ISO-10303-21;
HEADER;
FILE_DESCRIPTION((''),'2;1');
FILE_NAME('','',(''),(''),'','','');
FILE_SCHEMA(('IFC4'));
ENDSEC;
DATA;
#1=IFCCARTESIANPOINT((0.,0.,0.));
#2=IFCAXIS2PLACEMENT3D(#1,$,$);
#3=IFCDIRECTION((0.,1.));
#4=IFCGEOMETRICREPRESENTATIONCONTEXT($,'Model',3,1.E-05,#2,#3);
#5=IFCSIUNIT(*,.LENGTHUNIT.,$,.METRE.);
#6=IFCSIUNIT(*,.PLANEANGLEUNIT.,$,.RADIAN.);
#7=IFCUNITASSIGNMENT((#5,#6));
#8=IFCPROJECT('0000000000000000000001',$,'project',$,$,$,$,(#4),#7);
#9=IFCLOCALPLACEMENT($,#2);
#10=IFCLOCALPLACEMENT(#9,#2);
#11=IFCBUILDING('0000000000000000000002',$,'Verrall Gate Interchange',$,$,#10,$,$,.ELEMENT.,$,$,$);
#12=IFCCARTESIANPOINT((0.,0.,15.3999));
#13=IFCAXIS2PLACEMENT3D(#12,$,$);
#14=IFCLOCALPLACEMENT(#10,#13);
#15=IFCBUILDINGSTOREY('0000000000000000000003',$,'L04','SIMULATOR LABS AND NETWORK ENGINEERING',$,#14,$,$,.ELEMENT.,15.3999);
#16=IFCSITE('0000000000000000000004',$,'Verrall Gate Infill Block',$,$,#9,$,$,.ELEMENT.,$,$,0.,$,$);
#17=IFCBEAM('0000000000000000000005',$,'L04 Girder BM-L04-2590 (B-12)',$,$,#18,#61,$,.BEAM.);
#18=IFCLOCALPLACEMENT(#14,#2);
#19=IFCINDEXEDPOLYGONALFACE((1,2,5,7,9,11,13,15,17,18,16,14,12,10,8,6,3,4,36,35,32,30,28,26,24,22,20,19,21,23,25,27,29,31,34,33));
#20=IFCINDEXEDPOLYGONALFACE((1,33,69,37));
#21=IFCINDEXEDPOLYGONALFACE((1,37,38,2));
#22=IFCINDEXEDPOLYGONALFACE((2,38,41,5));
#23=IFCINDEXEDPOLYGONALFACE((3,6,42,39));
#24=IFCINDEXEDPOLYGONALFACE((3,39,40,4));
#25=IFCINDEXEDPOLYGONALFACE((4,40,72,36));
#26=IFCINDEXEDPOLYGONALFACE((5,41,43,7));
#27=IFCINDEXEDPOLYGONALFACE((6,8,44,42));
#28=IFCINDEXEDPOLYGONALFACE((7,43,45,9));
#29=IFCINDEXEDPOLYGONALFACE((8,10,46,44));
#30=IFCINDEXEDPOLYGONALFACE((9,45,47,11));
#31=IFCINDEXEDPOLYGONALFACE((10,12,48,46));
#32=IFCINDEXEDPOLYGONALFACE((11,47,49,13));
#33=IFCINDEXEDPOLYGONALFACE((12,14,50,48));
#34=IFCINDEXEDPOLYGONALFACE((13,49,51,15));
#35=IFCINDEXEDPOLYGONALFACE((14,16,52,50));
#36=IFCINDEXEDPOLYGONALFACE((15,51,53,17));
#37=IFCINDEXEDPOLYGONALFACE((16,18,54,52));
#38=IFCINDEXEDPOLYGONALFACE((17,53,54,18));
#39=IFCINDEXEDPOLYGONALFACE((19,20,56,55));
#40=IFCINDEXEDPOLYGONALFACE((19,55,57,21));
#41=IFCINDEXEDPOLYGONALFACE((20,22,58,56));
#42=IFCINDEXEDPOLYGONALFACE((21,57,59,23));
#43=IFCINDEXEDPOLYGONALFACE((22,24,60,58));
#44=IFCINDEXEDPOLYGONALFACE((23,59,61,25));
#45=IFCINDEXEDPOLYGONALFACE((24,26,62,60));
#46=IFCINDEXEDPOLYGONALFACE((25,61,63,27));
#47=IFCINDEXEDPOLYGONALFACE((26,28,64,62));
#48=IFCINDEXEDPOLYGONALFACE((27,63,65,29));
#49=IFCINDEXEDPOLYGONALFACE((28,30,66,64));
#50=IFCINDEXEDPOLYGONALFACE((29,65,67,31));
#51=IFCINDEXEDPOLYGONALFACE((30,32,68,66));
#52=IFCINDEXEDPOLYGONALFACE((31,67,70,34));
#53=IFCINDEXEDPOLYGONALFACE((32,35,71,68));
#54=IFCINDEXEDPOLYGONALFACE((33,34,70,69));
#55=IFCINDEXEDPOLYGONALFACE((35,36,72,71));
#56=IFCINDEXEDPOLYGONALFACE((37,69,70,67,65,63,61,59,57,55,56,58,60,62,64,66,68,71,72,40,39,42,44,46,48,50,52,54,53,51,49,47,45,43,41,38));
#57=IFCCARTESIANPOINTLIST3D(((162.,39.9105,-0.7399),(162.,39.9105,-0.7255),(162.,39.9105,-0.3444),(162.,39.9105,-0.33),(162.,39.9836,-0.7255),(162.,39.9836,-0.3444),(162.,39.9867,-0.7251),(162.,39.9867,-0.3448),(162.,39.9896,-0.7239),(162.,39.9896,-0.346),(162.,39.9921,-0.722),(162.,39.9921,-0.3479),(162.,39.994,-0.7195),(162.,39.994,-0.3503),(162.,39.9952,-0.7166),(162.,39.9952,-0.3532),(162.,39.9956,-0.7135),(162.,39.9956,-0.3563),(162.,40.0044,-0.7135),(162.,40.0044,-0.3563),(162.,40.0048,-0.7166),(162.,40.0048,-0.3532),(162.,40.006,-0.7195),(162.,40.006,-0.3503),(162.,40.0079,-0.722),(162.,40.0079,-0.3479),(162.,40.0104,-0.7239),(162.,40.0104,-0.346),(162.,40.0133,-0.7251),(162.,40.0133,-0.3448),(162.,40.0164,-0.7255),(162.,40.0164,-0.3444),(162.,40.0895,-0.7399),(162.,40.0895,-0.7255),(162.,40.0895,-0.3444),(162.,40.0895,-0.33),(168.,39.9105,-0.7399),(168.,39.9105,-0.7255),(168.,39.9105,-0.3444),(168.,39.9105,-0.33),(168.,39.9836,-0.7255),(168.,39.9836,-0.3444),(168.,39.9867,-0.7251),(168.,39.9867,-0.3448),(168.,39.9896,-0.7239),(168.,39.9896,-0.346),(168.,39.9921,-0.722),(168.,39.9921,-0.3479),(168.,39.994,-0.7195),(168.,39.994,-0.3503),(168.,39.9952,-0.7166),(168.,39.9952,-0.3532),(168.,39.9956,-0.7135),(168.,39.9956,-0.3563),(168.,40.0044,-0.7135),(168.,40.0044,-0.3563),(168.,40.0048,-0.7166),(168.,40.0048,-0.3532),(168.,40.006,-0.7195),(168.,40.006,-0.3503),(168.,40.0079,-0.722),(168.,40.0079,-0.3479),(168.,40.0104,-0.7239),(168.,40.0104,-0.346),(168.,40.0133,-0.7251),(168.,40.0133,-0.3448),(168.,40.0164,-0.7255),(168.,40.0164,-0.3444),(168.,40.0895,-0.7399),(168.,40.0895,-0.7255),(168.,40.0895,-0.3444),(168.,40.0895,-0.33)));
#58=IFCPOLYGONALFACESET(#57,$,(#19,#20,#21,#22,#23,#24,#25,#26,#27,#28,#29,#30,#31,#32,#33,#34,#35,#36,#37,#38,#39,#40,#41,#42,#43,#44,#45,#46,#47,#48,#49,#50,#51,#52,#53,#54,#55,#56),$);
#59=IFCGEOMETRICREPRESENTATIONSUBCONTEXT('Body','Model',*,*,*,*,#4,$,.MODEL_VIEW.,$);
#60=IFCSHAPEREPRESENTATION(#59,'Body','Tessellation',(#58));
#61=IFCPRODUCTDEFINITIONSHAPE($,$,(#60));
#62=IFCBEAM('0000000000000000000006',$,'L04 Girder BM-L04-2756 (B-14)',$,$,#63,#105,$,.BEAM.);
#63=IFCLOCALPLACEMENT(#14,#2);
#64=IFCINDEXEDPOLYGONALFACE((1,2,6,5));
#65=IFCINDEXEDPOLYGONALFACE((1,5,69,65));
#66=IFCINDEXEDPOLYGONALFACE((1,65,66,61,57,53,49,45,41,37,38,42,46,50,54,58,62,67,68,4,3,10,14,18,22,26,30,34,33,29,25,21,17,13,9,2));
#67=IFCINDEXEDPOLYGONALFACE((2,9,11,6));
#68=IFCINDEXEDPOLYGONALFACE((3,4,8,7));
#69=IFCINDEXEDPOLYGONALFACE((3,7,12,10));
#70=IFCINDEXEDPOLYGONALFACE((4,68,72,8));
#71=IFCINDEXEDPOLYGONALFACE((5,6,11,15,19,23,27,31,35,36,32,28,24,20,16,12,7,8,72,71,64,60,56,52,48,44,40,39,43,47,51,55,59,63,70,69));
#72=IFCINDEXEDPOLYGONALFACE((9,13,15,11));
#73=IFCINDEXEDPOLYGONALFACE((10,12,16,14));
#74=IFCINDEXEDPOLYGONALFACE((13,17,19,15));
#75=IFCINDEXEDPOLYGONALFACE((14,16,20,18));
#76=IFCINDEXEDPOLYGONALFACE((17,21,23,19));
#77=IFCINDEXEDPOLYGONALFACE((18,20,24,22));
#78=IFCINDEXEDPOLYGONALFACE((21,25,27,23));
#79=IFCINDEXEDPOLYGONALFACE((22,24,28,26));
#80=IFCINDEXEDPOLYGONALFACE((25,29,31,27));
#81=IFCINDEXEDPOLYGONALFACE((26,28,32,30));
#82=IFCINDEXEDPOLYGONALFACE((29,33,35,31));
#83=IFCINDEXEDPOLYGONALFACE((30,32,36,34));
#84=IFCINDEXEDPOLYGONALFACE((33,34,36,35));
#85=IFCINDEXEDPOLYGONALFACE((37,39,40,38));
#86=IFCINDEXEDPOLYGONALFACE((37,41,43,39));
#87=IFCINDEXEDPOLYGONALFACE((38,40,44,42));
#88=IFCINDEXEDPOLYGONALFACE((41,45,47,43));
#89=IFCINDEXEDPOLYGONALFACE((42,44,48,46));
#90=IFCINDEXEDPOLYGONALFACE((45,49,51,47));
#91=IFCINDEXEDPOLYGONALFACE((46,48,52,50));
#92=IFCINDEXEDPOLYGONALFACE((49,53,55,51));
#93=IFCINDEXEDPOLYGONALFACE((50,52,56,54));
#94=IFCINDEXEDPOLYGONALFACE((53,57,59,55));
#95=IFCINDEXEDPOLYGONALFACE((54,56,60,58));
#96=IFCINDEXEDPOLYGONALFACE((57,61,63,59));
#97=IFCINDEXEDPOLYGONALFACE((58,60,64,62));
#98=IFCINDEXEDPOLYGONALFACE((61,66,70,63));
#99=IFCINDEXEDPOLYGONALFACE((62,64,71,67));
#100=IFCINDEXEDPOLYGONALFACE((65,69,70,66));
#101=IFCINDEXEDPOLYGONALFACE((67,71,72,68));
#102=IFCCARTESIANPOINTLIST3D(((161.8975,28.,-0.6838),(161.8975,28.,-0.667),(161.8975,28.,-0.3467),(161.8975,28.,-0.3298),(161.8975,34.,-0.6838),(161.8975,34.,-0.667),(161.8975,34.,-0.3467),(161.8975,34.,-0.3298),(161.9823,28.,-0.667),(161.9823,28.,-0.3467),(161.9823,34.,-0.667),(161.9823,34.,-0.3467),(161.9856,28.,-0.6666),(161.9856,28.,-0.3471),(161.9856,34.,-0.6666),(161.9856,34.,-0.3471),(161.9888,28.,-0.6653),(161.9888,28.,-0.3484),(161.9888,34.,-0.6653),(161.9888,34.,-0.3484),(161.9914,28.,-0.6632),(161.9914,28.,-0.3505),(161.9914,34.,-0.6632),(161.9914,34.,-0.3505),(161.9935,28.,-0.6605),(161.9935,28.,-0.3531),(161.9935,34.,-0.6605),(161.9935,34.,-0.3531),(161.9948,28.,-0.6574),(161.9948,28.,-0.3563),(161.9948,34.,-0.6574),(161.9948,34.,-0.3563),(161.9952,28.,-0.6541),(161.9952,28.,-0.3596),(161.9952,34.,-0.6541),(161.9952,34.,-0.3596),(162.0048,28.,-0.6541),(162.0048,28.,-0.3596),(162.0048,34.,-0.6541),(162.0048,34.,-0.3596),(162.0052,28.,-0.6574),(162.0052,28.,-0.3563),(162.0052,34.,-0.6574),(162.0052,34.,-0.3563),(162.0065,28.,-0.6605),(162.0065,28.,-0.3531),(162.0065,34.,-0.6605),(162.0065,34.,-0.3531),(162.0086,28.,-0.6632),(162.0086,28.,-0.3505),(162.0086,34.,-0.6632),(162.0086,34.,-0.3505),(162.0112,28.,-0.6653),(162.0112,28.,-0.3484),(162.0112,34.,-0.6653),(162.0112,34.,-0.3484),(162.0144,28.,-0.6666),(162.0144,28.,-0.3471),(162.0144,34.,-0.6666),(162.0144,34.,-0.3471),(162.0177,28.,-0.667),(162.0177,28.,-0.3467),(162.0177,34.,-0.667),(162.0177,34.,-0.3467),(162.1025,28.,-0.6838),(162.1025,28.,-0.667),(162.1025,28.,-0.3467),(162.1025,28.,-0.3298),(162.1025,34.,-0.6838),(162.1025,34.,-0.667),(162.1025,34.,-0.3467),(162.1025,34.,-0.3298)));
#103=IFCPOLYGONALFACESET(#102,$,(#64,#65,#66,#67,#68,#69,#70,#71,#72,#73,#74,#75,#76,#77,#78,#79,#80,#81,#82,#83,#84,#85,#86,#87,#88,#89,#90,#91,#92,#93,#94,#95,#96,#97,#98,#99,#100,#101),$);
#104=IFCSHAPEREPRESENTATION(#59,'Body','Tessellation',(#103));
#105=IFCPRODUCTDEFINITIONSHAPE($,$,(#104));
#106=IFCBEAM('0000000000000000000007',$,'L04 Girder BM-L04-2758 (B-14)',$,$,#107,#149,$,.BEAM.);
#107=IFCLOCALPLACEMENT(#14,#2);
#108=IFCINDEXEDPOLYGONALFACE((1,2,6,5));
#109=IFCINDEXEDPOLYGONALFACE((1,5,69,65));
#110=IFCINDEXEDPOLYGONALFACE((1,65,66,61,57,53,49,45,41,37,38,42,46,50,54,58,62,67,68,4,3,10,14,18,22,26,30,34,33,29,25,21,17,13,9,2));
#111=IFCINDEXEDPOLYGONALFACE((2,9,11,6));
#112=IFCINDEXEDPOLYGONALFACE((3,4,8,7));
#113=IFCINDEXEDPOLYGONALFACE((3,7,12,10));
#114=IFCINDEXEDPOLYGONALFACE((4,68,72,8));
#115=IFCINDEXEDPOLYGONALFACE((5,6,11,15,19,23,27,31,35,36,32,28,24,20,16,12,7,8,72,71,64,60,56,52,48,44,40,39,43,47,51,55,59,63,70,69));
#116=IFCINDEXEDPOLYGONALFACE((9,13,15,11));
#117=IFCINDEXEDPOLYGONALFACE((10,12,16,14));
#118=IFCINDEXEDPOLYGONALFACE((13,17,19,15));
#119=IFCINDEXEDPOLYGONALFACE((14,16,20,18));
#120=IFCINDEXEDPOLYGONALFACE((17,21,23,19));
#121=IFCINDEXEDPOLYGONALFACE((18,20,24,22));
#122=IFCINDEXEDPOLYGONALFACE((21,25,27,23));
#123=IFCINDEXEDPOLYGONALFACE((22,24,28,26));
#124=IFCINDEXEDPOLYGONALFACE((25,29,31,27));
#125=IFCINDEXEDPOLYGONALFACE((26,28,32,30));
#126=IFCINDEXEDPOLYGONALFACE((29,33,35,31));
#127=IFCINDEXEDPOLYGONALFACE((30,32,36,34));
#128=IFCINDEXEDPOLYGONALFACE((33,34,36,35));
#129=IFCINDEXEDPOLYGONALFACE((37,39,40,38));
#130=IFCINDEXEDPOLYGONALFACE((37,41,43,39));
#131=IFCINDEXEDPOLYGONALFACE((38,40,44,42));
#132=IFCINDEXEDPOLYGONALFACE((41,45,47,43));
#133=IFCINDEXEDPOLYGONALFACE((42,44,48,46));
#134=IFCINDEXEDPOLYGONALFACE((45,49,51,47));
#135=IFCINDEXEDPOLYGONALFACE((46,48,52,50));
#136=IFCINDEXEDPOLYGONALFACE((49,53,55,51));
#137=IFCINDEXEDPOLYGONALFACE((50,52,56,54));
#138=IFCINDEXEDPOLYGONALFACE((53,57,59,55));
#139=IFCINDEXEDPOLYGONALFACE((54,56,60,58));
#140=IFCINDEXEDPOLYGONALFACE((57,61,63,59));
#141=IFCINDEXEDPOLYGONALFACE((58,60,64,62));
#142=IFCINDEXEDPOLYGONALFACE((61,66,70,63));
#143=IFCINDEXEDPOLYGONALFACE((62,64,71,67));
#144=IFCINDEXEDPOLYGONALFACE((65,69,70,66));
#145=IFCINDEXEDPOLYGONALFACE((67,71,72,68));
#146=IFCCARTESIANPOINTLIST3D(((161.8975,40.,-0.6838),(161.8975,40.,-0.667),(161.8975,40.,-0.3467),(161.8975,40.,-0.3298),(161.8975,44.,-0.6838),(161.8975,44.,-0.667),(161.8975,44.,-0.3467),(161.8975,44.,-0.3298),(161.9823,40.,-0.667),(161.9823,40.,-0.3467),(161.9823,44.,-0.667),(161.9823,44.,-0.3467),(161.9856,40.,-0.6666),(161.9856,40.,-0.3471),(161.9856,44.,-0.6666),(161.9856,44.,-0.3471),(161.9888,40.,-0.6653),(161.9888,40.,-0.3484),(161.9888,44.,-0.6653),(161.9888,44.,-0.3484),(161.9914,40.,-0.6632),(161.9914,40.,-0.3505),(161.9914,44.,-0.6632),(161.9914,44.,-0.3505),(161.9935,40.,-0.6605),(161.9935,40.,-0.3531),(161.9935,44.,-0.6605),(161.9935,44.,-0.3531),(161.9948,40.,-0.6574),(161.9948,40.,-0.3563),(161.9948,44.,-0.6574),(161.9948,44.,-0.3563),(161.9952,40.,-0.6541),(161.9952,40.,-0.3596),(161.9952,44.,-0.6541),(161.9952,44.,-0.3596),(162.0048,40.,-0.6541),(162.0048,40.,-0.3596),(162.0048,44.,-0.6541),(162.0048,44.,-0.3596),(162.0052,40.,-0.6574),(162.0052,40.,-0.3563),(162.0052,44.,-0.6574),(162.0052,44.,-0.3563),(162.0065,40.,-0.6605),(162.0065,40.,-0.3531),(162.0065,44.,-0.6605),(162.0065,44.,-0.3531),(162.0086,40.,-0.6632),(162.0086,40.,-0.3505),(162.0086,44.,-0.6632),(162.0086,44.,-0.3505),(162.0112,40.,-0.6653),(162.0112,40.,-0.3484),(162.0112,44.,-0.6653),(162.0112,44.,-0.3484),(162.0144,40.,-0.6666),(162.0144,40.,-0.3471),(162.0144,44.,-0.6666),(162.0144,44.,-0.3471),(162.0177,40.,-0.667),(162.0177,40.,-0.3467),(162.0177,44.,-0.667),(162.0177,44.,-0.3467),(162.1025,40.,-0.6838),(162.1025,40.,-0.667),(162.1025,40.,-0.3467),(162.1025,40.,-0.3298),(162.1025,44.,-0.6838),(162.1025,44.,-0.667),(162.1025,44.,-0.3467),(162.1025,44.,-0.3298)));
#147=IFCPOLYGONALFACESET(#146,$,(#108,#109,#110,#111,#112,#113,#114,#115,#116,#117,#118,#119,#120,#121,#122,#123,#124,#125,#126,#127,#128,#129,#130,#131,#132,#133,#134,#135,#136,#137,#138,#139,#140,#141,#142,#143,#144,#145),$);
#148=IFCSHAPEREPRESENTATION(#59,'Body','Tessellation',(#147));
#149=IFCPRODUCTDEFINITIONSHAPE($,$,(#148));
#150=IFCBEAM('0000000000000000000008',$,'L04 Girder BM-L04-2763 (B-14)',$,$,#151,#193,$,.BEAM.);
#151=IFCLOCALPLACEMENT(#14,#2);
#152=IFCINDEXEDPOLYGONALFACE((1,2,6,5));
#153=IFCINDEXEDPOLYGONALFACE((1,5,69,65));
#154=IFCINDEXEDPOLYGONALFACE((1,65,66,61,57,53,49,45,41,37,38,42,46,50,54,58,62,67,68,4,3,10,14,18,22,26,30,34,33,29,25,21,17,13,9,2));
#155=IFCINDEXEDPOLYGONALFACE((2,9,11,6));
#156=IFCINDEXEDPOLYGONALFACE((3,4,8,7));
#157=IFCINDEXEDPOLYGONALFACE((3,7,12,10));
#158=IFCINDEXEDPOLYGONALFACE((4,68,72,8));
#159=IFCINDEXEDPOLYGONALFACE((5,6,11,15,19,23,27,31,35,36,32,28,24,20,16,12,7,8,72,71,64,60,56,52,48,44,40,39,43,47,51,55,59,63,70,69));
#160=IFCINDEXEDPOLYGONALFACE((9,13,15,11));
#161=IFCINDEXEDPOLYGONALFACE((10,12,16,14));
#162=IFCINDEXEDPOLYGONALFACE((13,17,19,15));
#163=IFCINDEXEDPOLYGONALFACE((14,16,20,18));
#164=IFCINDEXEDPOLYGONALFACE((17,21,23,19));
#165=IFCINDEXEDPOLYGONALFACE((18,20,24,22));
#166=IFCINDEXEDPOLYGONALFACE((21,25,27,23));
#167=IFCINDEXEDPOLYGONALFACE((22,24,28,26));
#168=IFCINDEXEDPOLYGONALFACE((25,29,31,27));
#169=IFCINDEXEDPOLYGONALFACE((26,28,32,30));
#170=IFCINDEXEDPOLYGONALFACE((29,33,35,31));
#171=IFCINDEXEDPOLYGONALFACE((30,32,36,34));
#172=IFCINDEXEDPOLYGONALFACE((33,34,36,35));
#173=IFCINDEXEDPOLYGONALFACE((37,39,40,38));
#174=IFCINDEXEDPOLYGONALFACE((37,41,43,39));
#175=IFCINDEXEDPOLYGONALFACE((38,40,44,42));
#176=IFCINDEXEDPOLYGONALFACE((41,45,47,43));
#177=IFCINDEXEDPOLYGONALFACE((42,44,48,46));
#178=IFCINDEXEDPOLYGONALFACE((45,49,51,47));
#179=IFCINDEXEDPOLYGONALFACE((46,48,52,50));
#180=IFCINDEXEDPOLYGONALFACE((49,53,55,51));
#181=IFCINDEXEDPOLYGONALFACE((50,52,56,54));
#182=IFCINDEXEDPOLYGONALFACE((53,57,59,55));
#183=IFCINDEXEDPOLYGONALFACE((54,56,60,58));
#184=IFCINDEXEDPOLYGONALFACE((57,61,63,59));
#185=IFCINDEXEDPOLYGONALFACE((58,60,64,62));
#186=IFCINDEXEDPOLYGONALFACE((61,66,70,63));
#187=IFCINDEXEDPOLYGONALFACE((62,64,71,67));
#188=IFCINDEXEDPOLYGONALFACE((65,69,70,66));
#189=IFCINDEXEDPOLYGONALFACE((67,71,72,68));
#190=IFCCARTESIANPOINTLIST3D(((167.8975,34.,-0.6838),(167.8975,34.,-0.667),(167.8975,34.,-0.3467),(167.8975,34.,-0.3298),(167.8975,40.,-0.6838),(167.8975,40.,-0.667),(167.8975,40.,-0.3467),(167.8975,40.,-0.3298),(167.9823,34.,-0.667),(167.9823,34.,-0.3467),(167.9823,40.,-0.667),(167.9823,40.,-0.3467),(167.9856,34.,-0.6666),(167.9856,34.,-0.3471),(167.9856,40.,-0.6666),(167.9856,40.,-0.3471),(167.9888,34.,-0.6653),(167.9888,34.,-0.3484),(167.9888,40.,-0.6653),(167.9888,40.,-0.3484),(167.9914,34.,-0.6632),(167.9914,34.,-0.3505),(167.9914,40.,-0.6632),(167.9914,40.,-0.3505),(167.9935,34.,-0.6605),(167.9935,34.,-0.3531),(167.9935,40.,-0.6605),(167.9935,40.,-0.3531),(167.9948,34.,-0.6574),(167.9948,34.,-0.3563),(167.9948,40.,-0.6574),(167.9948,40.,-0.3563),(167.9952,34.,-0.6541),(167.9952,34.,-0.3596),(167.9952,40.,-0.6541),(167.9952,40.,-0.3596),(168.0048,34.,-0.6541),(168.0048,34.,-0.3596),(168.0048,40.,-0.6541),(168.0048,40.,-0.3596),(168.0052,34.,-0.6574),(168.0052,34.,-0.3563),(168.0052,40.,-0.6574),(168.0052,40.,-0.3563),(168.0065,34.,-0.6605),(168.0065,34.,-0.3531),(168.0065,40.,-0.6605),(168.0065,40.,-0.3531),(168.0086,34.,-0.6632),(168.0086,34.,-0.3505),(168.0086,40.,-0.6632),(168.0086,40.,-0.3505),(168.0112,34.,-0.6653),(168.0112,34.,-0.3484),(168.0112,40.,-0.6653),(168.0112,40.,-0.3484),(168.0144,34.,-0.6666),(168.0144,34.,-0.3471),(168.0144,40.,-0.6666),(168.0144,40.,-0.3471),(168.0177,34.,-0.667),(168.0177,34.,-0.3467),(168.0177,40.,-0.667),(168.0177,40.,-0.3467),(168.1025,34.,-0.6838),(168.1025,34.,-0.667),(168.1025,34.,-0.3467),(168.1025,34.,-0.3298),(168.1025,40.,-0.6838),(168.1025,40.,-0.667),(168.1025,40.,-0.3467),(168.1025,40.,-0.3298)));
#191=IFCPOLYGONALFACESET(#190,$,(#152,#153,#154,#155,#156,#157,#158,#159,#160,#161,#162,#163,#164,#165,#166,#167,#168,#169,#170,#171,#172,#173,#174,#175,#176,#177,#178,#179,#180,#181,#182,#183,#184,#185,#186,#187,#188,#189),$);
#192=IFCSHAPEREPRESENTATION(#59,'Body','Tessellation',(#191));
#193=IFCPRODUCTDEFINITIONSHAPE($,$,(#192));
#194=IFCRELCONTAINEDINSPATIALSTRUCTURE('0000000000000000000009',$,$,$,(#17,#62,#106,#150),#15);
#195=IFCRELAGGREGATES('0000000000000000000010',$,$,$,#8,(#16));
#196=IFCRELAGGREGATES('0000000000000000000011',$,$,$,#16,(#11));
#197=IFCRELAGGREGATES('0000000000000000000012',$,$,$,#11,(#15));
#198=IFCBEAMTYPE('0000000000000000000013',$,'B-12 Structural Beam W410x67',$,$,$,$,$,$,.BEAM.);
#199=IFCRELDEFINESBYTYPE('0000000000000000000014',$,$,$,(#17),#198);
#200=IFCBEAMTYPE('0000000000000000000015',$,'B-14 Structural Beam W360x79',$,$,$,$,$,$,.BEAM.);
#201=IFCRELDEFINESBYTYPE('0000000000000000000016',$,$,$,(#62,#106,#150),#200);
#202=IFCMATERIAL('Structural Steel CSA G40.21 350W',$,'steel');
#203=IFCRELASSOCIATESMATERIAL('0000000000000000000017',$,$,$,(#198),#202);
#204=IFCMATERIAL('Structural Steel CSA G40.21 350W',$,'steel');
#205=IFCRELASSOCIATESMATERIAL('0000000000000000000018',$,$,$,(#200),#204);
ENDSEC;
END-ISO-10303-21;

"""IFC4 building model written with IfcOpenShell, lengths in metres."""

from ifc_helpers import new_model, si_unit, direction, frame, origin, origin_2d, place, context, subcontext, project, spatial, i_section, extrude, material, material_profile, profile_set, type_object, element, save


model = new_model("IFC4")

# Units and contexts
model_context = context("Model", 3, precision=1e-05, world=origin(), true_north=direction((0.0, 1.0)))
body_context = subcontext(model_context, "Body", "Model", "MODEL_VIEW")
ifc_project = project(units=[si_unit("LENGTHUNIT", "METRE"), si_unit("PLANEANGLEUNIT", "RADIAN")], contexts=[model_context])

# Site, building, storey
site_placement = place(None, origin())
site = spatial("IfcSite", under=ifc_project, at=site_placement, Name="Verrall Gate Infill Block", CompositionType="ELEMENT", RefElevation=0.0)
building_placement = place(site_placement, origin())
building = spatial("IfcBuilding", under=site, at=building_placement, Name="Verrall Gate Interchange", CompositionType="ELEMENT")
storey_placement = place(building_placement, frame((0.0, 0.0, 15.3999)))
storey = spatial("IfcBuildingStorey", under=building, at=storey_placement, Name="L04", Description="SIMULATOR LABS AND NETWORK ENGINEERING", CompositionType="ELEMENT", Elevation=15.3999)

# Beams
ifc_material_1 = material(Name="Structural Steel CSA G40.21 350W", Category="steel")
ifc_material_profile_1 = material_profile(ifc_material_1, i_section(OverallWidth=0.179, OverallDepth=0.4099, WebThickness=0.0088, FlangeThickness=0.0144, FilletRadius=0.012, at=origin_2d()), Name="W410x67")
ifc_profile_set_1 = profile_set([ifc_material_profile_1], Name="Structural Steel CSA G40.21 350W")
beam_type_1 = type_object("IfcBeamType", Name="B-12 Structural Beam W410x67", PredefinedType="BEAM", material=ifc_profile_set_1)
beam_1_placement = place(storey_placement, frame((162.0, 40.0, -0.5349), z_axis=(1.0, 0.0, 0.0), x_axis=(0.0, 1.0, 0.0)))
element("IfcBeam", 1, at=beam_1_placement, inside=storey, type_object=beam_type_1, Name="L04 Girder BM-L04-2590 (B-12)", PredefinedType="BEAM", context=body_context, shape_type="SweptSolid", body=[
    extrude(i_section(OverallWidth=0.179, OverallDepth=0.4099, WebThickness=0.0088, FlangeThickness=0.0144, FilletRadius=0.012, at=origin_2d()), origin(), (0.0, 0.0, 1.0), 6.0),
])
ifc_material_2 = material(Name="Structural Steel CSA G40.21 350W", Category="steel")
ifc_material_profile_2 = material_profile(ifc_material_2, i_section(OverallWidth=0.2051, OverallDepth=0.354, WebThickness=0.0095, FlangeThickness=0.0168, FilletRadius=0.0129, at=origin_2d()), Name="W360x79")
ifc_profile_set_2 = profile_set([ifc_material_profile_2], Name="Structural Steel CSA G40.21 350W")
beam_type_2 = type_object("IfcBeamType", Name="B-14 Structural Beam W360x79", PredefinedType="BEAM", material=ifc_profile_set_2)
beam_2_placement = place(storey_placement, frame((162.0, 28.0, -0.5068), z_axis=(0.0, 1.0, 0.0), x_axis=(-1.0, 0.0, 0.0)))
element("IfcBeam", 2, at=beam_2_placement, inside=storey, type_object=beam_type_2, Name="L04 Girder BM-L04-2756 (B-14)", PredefinedType="BEAM", context=body_context, shape_type="SweptSolid", body=[
    extrude(i_section(OverallWidth=0.2051, OverallDepth=0.354, WebThickness=0.0095, FlangeThickness=0.0168, FilletRadius=0.0129, at=origin_2d()), origin(), (0.0, 0.0, 1.0), 6.0),
])
beam_3_placement = place(storey_placement, frame((162.0, 40.0, -0.5068), z_axis=(0.0, 1.0, 0.0), x_axis=(-1.0, 0.0, 0.0)))
element("IfcBeam", 3, at=beam_3_placement, inside=storey, type_object=beam_type_2, Name="L04 Girder BM-L04-2758 (B-14)", PredefinedType="BEAM", context=body_context, shape_type="SweptSolid", body=[
    extrude(i_section(OverallWidth=0.2051, OverallDepth=0.354, WebThickness=0.0095, FlangeThickness=0.0168, FilletRadius=0.0129, at=origin_2d()), origin(), (0.0, 0.0, 1.0), 4.0),
])
beam_4_placement = place(storey_placement, frame((168.0, 34.0, -0.5068), z_axis=(0.0, 1.0, 0.0), x_axis=(-1.0, 0.0, 0.0)))
element("IfcBeam", 4, at=beam_4_placement, inside=storey, type_object=beam_type_2, Name="L04 Girder BM-L04-2763 (B-14)", PredefinedType="BEAM", context=body_context, shape_type="SweptSolid", body=[
    extrude(i_section(OverallWidth=0.2051, OverallDepth=0.354, WebThickness=0.0095, FlangeThickness=0.0168, FilletRadius=0.0129, at=origin_2d()), origin(), (0.0, 0.0, 1.0), 6.0),
])

save(model, "model.ifc")
